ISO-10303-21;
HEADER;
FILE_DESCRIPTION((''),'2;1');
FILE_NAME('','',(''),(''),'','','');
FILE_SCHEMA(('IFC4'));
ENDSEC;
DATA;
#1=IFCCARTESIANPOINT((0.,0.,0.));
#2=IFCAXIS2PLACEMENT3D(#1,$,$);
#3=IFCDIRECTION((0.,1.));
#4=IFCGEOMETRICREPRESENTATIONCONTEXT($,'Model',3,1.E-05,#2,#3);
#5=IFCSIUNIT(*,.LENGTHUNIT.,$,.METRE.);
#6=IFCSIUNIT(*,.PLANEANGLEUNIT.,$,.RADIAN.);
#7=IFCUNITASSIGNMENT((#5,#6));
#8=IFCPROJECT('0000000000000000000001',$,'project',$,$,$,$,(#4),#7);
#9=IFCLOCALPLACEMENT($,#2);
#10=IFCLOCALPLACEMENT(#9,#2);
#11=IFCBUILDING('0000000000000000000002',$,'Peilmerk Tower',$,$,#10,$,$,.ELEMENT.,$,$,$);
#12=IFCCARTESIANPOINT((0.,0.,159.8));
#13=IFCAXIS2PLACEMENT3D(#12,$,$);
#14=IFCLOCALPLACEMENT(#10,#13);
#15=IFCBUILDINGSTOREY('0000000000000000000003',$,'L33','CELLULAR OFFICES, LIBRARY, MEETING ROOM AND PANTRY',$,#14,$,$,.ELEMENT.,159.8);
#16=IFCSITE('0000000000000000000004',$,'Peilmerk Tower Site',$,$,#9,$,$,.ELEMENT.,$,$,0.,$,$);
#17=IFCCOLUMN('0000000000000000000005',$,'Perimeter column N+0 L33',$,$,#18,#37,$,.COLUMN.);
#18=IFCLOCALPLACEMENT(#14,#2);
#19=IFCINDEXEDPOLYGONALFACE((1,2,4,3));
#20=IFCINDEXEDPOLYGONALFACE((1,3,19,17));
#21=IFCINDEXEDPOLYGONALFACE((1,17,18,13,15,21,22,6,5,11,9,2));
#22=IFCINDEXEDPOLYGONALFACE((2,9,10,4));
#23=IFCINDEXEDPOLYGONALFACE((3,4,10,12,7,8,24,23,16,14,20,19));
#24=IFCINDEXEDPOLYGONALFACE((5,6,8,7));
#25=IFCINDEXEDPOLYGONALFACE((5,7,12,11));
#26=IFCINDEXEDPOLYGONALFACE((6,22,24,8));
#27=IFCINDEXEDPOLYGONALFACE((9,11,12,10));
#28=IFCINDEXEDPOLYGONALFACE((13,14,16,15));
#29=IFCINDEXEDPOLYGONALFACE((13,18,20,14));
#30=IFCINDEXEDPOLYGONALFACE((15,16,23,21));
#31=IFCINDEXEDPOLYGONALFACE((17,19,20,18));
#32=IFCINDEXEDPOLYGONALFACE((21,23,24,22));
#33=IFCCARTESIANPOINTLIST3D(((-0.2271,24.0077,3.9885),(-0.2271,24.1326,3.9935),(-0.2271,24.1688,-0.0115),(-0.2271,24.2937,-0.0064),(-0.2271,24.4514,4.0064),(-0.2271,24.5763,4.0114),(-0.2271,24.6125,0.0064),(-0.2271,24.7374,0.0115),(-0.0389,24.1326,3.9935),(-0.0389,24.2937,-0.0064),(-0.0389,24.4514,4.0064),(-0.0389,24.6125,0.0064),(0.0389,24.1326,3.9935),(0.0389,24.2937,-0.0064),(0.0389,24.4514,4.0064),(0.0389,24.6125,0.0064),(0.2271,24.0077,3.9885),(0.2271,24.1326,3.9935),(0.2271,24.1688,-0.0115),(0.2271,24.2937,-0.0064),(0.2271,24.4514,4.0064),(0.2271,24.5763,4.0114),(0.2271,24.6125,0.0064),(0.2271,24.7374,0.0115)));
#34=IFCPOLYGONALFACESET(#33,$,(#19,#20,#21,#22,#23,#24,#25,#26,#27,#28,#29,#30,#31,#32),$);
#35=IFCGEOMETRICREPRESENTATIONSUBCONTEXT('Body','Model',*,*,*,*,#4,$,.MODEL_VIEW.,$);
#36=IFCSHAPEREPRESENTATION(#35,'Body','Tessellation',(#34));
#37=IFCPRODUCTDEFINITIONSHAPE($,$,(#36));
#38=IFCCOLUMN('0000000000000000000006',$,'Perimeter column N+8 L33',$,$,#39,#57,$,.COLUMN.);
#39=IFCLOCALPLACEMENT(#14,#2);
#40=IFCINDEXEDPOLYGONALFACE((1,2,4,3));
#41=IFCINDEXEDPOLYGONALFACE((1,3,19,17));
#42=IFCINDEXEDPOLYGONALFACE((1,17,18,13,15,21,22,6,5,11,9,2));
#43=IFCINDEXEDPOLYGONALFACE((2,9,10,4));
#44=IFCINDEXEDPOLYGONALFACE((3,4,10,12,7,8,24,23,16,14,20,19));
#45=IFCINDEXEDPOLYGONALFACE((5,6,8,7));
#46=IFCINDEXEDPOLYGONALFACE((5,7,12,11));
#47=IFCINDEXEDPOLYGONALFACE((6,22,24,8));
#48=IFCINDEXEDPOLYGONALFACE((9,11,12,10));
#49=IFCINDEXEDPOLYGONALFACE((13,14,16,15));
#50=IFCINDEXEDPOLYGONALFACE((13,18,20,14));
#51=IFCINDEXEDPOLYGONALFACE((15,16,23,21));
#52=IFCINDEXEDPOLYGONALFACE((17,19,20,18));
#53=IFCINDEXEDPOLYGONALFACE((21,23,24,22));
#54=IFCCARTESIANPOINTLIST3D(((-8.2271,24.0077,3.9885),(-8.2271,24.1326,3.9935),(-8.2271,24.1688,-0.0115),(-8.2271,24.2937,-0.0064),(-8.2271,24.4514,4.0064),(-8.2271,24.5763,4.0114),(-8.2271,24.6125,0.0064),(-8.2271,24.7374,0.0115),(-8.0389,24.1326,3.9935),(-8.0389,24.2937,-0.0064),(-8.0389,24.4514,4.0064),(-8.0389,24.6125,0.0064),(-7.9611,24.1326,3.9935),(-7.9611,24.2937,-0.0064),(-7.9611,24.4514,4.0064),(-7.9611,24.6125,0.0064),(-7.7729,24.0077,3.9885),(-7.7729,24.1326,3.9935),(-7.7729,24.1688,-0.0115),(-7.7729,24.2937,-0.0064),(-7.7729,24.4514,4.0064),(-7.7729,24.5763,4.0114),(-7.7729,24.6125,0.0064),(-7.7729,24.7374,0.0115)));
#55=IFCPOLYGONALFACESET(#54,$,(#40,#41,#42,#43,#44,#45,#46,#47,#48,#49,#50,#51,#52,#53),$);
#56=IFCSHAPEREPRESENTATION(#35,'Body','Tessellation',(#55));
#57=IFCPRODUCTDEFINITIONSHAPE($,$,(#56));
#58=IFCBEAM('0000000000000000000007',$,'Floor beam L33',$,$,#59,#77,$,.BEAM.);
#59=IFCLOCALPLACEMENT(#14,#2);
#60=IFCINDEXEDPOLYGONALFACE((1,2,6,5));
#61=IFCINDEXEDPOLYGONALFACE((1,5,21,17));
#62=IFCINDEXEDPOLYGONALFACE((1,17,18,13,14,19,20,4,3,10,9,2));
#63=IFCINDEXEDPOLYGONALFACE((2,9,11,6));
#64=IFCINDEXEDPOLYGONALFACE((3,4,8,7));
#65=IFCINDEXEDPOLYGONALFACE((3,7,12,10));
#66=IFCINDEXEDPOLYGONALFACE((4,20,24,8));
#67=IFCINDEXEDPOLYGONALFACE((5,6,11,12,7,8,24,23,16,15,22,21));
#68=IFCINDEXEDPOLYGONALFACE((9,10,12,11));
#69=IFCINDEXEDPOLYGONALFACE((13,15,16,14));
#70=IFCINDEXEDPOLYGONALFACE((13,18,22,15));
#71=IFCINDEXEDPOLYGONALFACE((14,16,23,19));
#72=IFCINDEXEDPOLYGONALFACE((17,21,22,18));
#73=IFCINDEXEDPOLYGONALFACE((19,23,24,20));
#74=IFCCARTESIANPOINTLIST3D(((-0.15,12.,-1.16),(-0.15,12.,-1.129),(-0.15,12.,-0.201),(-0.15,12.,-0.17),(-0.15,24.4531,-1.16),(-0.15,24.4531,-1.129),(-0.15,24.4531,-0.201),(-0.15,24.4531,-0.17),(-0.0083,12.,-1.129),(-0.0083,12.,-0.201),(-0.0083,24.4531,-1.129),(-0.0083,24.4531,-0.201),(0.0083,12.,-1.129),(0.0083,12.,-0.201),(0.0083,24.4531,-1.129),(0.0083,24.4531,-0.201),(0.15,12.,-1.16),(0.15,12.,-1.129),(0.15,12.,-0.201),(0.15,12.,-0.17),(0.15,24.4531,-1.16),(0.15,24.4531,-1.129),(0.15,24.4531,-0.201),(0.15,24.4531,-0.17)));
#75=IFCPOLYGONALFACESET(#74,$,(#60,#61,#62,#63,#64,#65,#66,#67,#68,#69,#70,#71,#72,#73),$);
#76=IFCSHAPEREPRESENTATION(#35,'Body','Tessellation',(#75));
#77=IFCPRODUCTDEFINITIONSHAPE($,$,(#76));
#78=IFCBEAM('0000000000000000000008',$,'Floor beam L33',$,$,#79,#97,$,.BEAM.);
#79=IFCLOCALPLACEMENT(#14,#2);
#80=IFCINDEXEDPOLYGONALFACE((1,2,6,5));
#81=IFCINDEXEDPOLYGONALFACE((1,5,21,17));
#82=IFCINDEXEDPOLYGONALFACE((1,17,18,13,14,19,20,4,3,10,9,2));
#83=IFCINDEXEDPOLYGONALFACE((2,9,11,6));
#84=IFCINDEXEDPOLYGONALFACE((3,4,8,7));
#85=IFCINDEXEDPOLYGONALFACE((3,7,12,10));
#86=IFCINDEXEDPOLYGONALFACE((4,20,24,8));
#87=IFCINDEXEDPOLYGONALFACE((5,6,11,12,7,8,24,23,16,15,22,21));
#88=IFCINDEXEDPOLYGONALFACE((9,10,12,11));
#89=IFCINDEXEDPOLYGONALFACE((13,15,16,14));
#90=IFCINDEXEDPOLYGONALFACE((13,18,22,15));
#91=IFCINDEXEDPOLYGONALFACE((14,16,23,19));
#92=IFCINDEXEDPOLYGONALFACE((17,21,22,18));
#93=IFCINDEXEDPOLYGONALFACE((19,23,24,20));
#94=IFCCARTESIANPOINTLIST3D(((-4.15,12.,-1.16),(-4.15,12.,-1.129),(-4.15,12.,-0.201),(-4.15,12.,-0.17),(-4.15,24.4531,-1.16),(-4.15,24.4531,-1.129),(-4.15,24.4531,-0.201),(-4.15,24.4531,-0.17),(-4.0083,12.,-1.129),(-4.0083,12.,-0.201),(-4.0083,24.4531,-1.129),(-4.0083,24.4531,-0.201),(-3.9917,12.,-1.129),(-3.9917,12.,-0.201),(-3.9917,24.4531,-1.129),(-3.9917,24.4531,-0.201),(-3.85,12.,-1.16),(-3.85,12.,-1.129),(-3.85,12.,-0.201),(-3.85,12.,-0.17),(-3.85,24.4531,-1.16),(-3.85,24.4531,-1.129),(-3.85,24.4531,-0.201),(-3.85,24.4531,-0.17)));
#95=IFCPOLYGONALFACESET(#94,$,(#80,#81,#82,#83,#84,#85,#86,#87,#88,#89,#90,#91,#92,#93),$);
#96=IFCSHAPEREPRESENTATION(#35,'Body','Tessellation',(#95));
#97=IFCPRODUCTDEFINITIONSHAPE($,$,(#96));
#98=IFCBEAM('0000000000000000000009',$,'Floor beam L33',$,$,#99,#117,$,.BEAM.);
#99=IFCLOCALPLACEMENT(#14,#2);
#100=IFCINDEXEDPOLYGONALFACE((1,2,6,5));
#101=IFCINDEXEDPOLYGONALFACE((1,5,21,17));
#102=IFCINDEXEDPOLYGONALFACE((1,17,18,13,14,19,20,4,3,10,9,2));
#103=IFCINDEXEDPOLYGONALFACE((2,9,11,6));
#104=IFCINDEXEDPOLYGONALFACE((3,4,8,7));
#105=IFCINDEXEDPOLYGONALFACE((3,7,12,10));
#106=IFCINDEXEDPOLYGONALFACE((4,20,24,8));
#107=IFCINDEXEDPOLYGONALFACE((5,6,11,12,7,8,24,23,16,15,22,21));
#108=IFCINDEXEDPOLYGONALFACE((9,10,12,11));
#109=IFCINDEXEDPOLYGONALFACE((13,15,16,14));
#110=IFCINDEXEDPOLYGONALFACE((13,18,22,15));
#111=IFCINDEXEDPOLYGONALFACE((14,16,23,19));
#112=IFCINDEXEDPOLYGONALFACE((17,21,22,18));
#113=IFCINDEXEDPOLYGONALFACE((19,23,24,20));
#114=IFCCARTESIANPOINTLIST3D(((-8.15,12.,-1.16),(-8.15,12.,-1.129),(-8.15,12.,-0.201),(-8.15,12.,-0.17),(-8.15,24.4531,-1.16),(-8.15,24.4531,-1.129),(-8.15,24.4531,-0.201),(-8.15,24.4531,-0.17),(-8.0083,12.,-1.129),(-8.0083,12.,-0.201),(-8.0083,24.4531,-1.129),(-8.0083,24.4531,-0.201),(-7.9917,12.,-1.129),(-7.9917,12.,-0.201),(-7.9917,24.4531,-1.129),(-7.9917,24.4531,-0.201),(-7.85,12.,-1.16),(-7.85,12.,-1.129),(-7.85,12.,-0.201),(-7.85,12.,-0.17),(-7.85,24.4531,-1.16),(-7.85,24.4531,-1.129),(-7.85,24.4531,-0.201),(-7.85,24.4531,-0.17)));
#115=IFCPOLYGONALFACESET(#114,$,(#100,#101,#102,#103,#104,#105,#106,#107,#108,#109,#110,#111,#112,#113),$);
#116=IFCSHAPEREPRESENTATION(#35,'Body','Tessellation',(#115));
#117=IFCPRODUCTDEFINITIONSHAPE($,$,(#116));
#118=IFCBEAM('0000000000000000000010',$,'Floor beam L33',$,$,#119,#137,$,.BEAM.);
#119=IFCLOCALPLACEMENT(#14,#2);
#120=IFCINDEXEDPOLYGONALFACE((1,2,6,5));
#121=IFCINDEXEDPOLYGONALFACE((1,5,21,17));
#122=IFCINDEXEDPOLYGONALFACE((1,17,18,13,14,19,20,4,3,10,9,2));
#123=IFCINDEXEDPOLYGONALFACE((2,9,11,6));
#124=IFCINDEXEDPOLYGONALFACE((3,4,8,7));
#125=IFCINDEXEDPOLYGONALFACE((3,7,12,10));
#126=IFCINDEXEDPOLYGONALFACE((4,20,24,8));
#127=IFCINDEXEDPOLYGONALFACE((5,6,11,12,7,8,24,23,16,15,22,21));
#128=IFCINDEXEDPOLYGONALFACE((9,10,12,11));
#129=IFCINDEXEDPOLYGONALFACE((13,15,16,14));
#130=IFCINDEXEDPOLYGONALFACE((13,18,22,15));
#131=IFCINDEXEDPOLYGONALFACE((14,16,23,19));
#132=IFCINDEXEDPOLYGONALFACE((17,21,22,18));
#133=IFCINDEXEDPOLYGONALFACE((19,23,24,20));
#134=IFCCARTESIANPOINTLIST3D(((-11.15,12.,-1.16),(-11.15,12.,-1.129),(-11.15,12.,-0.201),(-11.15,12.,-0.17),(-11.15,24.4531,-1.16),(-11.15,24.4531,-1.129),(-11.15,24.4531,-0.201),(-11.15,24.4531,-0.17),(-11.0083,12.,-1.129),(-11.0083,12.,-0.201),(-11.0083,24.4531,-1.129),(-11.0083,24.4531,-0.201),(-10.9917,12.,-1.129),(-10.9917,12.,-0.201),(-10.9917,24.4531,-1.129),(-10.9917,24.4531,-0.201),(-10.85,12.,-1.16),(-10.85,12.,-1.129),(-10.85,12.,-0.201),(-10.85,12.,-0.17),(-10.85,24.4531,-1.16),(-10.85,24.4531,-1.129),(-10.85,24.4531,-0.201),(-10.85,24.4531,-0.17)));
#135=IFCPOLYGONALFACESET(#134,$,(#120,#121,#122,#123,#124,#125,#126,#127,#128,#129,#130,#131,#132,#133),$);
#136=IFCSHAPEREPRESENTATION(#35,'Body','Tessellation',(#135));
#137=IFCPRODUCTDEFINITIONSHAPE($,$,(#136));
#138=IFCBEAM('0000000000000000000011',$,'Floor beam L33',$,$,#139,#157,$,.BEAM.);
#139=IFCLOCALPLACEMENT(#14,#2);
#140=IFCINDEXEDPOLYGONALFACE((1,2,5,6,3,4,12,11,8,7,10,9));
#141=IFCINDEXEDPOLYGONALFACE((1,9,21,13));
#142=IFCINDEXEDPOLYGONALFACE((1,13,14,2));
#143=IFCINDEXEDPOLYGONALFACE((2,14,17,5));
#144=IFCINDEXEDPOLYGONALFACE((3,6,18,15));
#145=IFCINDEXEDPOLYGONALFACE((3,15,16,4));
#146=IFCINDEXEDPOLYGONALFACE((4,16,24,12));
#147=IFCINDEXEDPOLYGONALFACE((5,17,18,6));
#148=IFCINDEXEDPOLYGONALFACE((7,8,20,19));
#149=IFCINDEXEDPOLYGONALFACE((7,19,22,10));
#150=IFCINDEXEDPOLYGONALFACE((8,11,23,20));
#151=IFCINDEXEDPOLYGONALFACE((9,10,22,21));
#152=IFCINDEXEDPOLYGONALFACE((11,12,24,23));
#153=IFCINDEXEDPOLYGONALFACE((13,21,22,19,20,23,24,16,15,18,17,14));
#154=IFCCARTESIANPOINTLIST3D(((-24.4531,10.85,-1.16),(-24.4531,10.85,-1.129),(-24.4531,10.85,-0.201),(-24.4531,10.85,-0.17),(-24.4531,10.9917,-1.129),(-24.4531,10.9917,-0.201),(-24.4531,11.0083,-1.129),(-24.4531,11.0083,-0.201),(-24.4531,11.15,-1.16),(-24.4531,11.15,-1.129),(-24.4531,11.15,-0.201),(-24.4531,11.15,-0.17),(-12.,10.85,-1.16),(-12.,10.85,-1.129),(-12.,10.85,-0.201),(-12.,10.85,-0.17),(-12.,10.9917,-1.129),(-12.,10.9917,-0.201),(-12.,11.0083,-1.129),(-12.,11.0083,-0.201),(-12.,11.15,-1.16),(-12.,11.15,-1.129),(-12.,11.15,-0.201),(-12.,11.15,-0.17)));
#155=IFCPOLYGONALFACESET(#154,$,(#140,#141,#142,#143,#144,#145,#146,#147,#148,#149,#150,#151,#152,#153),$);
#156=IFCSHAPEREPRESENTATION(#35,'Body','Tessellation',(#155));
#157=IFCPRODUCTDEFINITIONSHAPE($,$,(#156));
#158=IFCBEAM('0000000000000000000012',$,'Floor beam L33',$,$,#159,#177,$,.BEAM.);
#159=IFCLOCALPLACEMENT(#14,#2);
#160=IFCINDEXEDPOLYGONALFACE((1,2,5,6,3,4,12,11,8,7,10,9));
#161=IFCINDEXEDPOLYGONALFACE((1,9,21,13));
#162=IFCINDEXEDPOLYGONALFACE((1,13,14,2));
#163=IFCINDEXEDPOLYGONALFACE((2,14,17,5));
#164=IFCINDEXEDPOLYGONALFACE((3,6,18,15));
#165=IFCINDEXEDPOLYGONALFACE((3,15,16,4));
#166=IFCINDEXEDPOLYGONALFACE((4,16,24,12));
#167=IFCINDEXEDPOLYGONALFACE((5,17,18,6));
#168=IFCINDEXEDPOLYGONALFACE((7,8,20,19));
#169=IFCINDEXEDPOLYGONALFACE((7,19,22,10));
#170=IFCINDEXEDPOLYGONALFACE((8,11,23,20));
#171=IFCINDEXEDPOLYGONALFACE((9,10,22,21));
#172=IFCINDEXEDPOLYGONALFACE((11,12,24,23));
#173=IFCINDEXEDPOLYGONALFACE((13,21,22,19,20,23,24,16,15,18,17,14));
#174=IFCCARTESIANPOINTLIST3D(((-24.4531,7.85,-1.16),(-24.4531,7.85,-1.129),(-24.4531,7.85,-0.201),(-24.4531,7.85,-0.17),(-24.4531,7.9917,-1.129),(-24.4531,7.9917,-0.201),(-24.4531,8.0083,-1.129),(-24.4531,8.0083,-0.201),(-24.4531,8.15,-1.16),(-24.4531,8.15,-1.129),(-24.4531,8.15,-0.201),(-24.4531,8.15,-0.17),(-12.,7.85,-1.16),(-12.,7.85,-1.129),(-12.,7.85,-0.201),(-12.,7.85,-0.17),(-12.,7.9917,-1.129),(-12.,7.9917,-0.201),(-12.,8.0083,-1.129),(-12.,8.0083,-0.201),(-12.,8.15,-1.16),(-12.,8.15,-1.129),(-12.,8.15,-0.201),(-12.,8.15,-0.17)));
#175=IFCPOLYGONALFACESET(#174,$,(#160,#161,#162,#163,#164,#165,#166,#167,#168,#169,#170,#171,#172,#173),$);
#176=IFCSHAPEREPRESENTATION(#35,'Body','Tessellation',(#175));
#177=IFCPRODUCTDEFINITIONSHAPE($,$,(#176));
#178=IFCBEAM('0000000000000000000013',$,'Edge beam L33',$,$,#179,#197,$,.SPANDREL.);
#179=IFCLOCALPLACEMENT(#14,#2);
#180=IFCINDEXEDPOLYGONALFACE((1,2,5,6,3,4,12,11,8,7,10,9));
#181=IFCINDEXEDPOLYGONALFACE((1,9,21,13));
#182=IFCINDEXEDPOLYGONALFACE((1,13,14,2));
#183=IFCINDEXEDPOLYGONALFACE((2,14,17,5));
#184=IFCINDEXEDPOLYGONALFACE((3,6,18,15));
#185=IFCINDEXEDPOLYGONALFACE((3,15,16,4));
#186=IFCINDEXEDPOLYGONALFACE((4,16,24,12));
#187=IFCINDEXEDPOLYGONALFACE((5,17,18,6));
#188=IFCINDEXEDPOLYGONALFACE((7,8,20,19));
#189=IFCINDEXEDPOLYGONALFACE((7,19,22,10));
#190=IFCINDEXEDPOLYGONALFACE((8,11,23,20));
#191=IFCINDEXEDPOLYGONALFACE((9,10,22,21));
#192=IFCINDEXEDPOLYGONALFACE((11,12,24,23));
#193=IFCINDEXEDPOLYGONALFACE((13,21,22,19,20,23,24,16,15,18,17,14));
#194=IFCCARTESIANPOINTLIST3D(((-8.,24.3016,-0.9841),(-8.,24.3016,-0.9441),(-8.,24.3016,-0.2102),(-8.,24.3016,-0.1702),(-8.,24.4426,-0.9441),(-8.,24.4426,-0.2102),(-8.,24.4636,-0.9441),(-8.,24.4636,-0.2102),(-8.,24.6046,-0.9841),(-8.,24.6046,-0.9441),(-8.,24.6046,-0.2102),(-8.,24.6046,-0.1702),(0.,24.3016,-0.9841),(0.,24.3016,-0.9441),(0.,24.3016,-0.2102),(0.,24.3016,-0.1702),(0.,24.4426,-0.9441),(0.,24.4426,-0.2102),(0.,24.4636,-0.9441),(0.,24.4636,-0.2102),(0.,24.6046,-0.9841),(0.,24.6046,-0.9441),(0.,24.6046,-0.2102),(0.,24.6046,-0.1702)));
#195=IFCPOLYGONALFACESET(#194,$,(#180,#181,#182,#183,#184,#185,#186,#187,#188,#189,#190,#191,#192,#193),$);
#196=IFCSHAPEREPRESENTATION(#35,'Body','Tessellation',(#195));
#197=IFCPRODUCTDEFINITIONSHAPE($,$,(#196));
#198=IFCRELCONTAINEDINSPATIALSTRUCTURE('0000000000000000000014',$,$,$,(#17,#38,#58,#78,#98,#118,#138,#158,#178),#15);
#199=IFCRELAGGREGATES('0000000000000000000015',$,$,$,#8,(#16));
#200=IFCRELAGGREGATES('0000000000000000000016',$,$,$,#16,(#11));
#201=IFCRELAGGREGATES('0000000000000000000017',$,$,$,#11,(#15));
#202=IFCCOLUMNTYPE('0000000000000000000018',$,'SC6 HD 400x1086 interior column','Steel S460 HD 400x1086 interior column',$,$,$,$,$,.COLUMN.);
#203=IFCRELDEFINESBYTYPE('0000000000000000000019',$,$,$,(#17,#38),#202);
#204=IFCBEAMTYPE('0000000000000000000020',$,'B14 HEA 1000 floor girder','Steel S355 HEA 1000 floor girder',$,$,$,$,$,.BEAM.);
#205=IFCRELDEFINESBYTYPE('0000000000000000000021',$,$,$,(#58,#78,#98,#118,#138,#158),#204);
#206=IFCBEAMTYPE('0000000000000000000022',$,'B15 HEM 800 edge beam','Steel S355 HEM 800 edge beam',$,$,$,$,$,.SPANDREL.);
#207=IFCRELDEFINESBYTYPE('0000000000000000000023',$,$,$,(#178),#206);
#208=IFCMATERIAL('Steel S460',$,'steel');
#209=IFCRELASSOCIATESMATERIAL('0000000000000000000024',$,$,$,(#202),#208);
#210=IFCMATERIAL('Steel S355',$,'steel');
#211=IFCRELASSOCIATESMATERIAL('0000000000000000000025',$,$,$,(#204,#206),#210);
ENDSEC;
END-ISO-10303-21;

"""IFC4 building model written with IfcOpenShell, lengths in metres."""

from ifc_helpers import new_model, si_unit, direction, frame, origin, origin_2d, place, context, subcontext, project, spatial, i_section, extrude, material, material_profile, profile_set, type_object, element, save


model = new_model("IFC4")

# Units and contexts
model_context = context("Model", 3, precision=1e-05, world=origin(), true_north=direction((0.0, 1.0)))
body_context = subcontext(model_context, "Body", "Model", "MODEL_VIEW")
ifc_project = project(units=[si_unit("LENGTHUNIT", "METRE"), si_unit("PLANEANGLEUNIT", "RADIAN")], contexts=[model_context])

# Site, building, storey
site_placement = place(None, origin())
site = spatial("IfcSite", under=ifc_project, at=site_placement, Name="Peilmerk Tower Site", CompositionType="ELEMENT", RefElevation=0.0)
building_placement = place(site_placement, origin())
building = spatial("IfcBuilding", under=site, at=building_placement, Name="Peilmerk Tower", CompositionType="ELEMENT")
storey_placement = place(building_placement, frame((0.0, 0.0, 159.8)))
storey = spatial("IfcBuildingStorey", under=building, at=storey_placement, Name="L33", Description="CELLULAR OFFICES, LIBRARY, MEETING ROOM AND PANTRY", CompositionType="ELEMENT", Elevation=159.8)

# Columns
ifc_material_1 = material(Name="Steel S460", Category="steel")
ifc_material_profile_1 = material_profile(ifc_material_1, i_section(OverallWidth=0.4541, OverallDepth=0.5691, WebThickness=0.0779, FlangeThickness=0.125, at=origin_2d()), Name="HD 400x1086")
ifc_profile_set_1 = profile_set([ifc_material_profile_1], Name="Steel S460")
column_type = type_object("IfcColumnType", Name="SC6 HD 400x1086 interior column", Description="Steel S460 HD 400x1086 interior column", PredefinedType="COLUMN", material=ifc_profile_set_1)
for number, where, z_axis, x_axis, name in (
    (1, (0.0, 24.4531, 0.0), (0.0, -0.040251, 0.99919), (1.0, 0.0, 0.0), "Perimeter column N+0 L33"),
    (2, (-8.0, 24.4531, 0.0), (0.0, -0.040251, 0.99919), (1.0, 0.0, 0.0), "Perimeter column N+8 L33"),
):
    element("IfcColumn", number, at=place(storey_placement, frame(where, z_axis=z_axis, x_axis=x_axis)), inside=storey, type_object=column_type, Name=name, PredefinedType="COLUMN", context=body_context, shape_type="SweptSolid", body=[
        extrude(i_section(OverallWidth=0.4541, OverallDepth=0.5691, WebThickness=0.0779, FlangeThickness=0.125, at=origin_2d()), origin(), (0.0, 0.0, 1.0), 4.0032),
    ])

# Beams
ifc_material_2 = material(Name="Steel S355", Category="steel")
ifc_material_profile_2 = material_profile(ifc_material_2, i_section(OverallWidth=0.3, OverallDepth=0.99, WebThickness=0.0166, FlangeThickness=0.031, at=origin_2d()), Name="HEA 1000")
ifc_profile_set_2 = profile_set([ifc_material_profile_2], Name="Steel S355")
beam_type_1 = type_object("IfcBeamType", Name="B14 HEA 1000 floor girder", Description="Steel S355 HEA 1000 floor girder", PredefinedType="BEAM", material=ifc_profile_set_2)
for number, where, z_axis, x_axis, name in (
    (3, (0.0, 12.0, -0.665), (0.0, 1.0, 0.0), (-1.0, 0.0, 0.0), "Floor beam L33"),
    (4, (-4.0, 12.0, -0.665), (0.0, 1.0, 0.0), (-1.0, 0.0, 0.0), "Floor beam L33"),
    (5, (-8.0, 12.0, -0.665), (0.0, 1.0, 0.0), (-1.0, 0.0, 0.0), "Floor beam L33"),
    (6, (-11.0, 12.0, -0.665), (0.0, 1.0, 0.0), (-1.0, 0.0, 0.0), "Floor beam L33"),
    (7, (-12.0, 11.0, -0.665), (-1.0, 0.0, 0.0), (0.0, -1.0, 0.0), "Floor beam L33"),
    (8, (-12.0, 8.0, -0.665), (-1.0, 0.0, 0.0), (0.0, -1.0, 0.0), "Floor beam L33"),
):
    element("IfcBeam", number, at=place(storey_placement, frame(where, z_axis=z_axis, x_axis=x_axis)), inside=storey, type_object=beam_type_1, Name=name, PredefinedType="BEAM", context=body_context, shape_type="SweptSolid", body=[
        extrude(i_section(OverallWidth=0.3, OverallDepth=0.99, WebThickness=0.0166, FlangeThickness=0.031, at=origin_2d()), origin(), (0.0, 0.0, 1.0), 12.4531),
    ])
ifc_material_profile_3 = material_profile(ifc_material_2, i_section(OverallWidth=0.303, OverallDepth=0.814, WebThickness=0.021, FlangeThickness=0.04, at=origin_2d()), Name="HEM 800")
ifc_profile_set_3 = profile_set([ifc_material_profile_3], Name="Steel S355")
beam_type_2 = type_object("IfcBeamType", Name="B15 HEM 800 edge beam", Description="Steel S355 HEM 800 edge beam", PredefinedType="SPANDREL", material=ifc_profile_set_3)
for number, where, z_axis, x_axis, name in (
    (9, (0.0, 24.4531, -0.5771), (-1.0, 0.0, 0.0), (0.0, -1.0, 0.0), "Edge beam L33"),
):
    element("IfcBeam", number, at=place(storey_placement, frame(where, z_axis=z_axis, x_axis=x_axis)), inside=storey, type_object=beam_type_2, Name=name, PredefinedType="SPANDREL", context=body_context, shape_type="SweptSolid", body=[
        extrude(i_section(OverallWidth=0.303, OverallDepth=0.814, WebThickness=0.021, FlangeThickness=0.04, at=origin_2d()), origin(), (0.0, 0.0, 1.0), 8.0),
    ])

save(model, "model.ifc")
